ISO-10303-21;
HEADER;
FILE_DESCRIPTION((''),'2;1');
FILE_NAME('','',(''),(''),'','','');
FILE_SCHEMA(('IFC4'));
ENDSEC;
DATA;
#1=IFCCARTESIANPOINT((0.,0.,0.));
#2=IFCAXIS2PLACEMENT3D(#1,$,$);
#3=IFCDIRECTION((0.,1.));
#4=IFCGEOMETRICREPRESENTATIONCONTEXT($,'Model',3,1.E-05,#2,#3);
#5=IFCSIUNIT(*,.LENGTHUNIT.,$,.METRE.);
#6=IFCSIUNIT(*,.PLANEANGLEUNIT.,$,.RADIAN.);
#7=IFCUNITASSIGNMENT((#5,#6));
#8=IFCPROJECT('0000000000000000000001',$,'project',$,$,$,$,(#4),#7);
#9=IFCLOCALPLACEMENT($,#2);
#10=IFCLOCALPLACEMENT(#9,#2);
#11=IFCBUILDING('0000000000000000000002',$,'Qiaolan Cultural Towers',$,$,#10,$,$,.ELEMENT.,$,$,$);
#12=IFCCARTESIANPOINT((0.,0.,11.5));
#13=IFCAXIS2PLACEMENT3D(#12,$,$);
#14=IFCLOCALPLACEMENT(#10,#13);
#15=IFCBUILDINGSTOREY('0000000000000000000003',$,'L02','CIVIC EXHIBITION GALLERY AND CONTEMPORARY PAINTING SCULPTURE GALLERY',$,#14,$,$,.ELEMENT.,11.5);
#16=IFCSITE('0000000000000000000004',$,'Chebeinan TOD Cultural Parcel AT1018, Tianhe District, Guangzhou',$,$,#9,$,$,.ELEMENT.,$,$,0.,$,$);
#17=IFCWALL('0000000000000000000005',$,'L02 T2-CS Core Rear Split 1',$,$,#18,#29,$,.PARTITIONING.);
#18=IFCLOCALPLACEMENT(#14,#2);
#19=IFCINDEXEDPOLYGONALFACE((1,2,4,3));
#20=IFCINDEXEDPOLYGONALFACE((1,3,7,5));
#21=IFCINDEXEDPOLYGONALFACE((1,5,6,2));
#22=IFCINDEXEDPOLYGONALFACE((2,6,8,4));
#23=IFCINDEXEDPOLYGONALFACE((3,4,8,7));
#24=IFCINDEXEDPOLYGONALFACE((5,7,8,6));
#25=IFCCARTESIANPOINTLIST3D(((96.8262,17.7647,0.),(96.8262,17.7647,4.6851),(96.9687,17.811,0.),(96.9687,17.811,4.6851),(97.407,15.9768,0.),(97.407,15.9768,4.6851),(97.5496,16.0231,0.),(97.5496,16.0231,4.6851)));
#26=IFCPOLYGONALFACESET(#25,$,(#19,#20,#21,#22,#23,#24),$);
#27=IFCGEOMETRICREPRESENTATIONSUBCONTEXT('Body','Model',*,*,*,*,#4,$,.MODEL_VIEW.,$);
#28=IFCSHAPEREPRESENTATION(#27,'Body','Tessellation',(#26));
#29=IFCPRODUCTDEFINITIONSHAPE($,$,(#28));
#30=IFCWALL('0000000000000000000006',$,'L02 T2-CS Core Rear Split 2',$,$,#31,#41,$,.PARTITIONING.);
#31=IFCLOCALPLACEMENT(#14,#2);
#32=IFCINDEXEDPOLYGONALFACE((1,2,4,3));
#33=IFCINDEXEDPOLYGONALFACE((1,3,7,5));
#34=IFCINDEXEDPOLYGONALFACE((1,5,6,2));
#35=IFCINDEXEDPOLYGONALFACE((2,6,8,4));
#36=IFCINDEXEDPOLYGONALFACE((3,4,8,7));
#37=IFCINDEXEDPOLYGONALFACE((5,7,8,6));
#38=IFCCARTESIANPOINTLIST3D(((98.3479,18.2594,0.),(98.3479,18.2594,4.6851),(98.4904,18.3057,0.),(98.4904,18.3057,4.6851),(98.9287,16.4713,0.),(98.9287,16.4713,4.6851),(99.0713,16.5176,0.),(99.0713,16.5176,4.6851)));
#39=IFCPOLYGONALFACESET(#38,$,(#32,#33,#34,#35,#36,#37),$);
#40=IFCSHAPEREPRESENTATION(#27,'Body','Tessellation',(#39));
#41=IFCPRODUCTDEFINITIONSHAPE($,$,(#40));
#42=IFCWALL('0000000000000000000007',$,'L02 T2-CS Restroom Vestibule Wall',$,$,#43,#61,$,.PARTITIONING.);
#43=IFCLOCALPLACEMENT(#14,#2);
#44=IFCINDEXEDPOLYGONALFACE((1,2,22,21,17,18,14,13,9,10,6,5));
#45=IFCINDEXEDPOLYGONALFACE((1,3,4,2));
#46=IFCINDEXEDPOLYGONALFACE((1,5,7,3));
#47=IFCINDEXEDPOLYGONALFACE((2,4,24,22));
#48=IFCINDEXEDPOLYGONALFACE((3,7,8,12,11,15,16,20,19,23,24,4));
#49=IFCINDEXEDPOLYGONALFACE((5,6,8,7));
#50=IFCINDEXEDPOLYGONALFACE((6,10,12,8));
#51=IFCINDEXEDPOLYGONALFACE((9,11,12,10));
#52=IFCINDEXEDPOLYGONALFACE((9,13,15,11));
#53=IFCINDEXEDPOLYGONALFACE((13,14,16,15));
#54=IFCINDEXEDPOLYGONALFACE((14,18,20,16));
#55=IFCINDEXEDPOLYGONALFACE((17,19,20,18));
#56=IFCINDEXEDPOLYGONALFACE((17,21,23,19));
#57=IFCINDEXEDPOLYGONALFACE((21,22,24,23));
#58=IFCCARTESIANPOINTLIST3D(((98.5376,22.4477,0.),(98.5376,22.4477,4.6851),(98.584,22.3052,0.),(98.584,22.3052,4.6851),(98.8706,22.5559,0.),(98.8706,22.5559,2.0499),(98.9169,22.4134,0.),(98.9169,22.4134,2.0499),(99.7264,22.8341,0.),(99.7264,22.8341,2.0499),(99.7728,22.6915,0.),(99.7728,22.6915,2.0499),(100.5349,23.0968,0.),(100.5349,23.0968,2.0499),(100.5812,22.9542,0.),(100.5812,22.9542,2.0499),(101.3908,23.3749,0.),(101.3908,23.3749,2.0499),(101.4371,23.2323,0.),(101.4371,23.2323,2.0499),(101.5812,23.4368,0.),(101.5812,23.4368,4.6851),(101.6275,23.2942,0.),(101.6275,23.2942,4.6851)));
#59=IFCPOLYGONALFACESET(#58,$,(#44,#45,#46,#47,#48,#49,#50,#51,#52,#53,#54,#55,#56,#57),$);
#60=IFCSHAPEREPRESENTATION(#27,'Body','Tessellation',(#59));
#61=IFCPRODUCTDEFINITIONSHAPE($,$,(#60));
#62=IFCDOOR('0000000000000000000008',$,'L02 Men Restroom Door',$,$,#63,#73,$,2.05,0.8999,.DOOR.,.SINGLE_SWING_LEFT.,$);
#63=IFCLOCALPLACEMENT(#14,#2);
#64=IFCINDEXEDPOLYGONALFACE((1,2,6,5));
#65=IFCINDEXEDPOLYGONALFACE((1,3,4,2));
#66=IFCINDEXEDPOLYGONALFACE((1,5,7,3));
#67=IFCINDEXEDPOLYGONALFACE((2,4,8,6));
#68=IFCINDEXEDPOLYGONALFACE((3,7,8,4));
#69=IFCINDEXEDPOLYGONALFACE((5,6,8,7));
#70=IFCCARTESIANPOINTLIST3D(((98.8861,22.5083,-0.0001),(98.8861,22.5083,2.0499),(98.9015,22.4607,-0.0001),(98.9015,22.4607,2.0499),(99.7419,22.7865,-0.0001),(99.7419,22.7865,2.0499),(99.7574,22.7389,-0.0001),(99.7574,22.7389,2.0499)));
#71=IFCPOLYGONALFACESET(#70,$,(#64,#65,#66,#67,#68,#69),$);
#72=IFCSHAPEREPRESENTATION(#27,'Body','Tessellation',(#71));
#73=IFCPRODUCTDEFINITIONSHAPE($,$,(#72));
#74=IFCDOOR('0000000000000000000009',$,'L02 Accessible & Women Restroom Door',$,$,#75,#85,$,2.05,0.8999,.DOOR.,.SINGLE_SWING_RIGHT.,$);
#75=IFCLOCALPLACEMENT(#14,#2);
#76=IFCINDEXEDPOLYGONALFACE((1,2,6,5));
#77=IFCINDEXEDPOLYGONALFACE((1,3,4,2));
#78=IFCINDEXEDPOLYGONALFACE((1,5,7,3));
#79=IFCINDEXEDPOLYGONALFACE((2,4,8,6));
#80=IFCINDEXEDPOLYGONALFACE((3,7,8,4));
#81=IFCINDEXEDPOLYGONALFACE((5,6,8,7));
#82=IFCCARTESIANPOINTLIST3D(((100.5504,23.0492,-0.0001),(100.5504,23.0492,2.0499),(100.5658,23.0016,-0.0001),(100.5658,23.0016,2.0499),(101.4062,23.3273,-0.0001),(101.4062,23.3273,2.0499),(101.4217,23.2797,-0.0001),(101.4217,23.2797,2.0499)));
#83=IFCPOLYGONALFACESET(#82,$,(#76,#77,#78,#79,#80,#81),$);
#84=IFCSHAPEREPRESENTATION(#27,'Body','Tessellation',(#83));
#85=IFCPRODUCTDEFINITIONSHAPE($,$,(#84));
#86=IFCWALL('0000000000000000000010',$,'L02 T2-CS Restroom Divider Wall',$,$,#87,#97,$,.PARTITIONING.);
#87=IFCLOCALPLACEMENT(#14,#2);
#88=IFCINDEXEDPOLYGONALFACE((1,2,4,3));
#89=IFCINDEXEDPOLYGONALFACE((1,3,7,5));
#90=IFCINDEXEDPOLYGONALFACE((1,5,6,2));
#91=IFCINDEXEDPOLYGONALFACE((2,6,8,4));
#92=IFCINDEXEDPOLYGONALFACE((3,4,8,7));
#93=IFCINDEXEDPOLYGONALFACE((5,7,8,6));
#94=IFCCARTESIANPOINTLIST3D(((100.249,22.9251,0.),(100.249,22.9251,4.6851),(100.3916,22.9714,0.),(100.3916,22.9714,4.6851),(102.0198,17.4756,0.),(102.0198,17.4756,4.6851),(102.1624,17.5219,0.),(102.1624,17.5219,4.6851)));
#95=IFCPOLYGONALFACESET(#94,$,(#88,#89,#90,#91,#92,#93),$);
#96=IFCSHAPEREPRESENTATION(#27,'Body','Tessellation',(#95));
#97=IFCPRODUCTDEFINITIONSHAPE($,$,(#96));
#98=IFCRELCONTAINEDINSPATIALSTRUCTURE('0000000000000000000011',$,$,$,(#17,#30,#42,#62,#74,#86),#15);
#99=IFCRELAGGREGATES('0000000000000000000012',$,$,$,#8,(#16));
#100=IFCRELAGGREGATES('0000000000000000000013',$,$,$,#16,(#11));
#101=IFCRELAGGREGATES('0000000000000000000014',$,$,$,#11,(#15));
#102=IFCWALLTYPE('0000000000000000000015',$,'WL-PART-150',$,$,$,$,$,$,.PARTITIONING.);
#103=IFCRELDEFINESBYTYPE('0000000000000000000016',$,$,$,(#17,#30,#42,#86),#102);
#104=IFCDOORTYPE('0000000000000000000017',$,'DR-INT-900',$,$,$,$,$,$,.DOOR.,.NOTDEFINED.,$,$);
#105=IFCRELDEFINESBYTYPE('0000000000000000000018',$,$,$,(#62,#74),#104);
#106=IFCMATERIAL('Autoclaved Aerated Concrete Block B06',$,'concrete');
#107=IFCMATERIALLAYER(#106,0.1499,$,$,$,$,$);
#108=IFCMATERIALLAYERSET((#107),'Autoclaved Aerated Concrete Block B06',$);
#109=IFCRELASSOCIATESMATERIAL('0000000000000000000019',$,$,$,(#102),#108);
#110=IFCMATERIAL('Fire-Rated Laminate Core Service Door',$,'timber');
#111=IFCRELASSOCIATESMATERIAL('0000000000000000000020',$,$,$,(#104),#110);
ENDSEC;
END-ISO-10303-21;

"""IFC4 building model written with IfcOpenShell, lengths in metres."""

from ifc_helpers import new_model, si_unit, direction, frame, frame_2d, origin, place, context, subcontext, project, spatial, rectangle, extrude, material, layer, layer_set, type_object, element, fill, save


model = new_model("IFC4")

# Units and contexts
model_context = context("Model", 3, precision=1e-05, world=origin(), true_north=direction((0.0, 1.0)))
body_context = subcontext(model_context, "Body", "Model", "MODEL_VIEW")
ifc_project = project(units=[si_unit("LENGTHUNIT", "METRE"), si_unit("PLANEANGLEUNIT", "RADIAN")], contexts=[model_context])

# Site, building, storey
site_placement = place(None, origin())
site = spatial("IfcSite", under=ifc_project, at=site_placement, Name="Chebeinan TOD Cultural Parcel AT1018, Tianhe District, Guangzhou", CompositionType="ELEMENT", RefElevation=0.0)
building_placement = place(site_placement, origin())
building = spatial("IfcBuilding", under=site, at=building_placement, Name="Qiaolan Cultural Towers", CompositionType="ELEMENT")
storey_placement = place(building_placement, frame((0.0, 0.0, 11.5)))
storey = spatial("IfcBuildingStorey", under=building, at=storey_placement, Name="L02", Description="CIVIC EXHIBITION GALLERY AND CONTEMPORARY PAINTING SCULPTURE GALLERY", CompositionType="ELEMENT", Elevation=11.5)

# Walls
ifc_material_1 = material(Name="Autoclaved Aerated Concrete Block B06", Category="concrete")
ifc_layer_1 = layer(ifc_material_1, 0.1499)
ifc_layer_set_1 = layer_set([ifc_layer_1], Name="Autoclaved Aerated Concrete Block B06")
wall_type_1 = type_object("IfcWallType", Name="WL-PART-150", PredefinedType="PARTITIONING", material=ifc_layer_set_1)
wall_1_placement = place(storey_placement, frame((96.8975, 17.7878, 0.0), z_axis=(0.0, 0.0, 1.0), x_axis=(0.308972, -0.951071, 0.0)))
element("IfcWall", 1, at=wall_1_placement, inside=storey, type_object=wall_type_1, Name="L02 T2-CS Core Rear Split 1", PredefinedType="PARTITIONING", context=body_context, shape_type="SweptSolid", body=[
    extrude(rectangle(XDim=1.8799, YDim=0.1499, at=frame_2d((0.9399, 0.0))), origin(), (0.0, 0.0, 1.0), 4.6851),
])
wall_2_placement = place(storey_placement, frame((98.4192, 18.2825, 0.0), z_axis=(0.0, 0.0, 1.0), x_axis=(0.308933, -0.951084, 0.0)))
element("IfcWall", 2, at=wall_2_placement, inside=storey, type_object=wall_type_1, Name="L02 T2-CS Core Rear Split 2", PredefinedType="PARTITIONING", context=body_context, shape_type="SweptSolid", body=[
    extrude(rectangle(XDim=1.8801, YDim=0.1499, at=frame_2d((0.9399, 0.0))), origin(), (0.0, 0.0, 1.0), 4.6851),
])

# Wall, openings, doors
wall_3_placement = place(storey_placement, frame((98.5608, 22.3765, 0.0), z_axis=(0.0, 0.0, 1.0), x_axis=(0.951044, 0.309055, 0.0)))
wall_3 = element("IfcWall", 3, at=wall_3_placement, inside=storey, type_object=wall_type_1, Name="L02 T2-CS Restroom Vestibule Wall", PredefinedType="PARTITIONING", context=body_context, shape_type="SweptSolid", body=[
    extrude(rectangle(XDim=3.2002, YDim=0.1499, at=frame_2d((1.6001, 0.0))), origin(), (0.0, 0.0, 1.0), 4.6851),
])
opening_1_placement = place(wall_3_placement, frame((0.3501, 0.0, 0.0)))
opening_1 = element("IfcOpeningElement", 4, at=opening_1_placement, cuts=wall_3, PredefinedType="OPENING", context=body_context, shape_type="SweptSolid", body=[
    extrude(rectangle(XDim=0.8999, YDim=2.05, at=frame_2d((0.45, 1.0249))), frame((0.0, 0.085, 0.0), z_axis=(0.0, -1.0, 0.0), x_axis=(1.0, 0.0, 0.0)), (0.0, 0.0, 1.0), 0.1699),
])
opening_2_placement = place(wall_3_placement, frame((2.1001, 0.0, 0.0)))
opening_2 = element("IfcOpeningElement", 5, at=opening_2_placement, cuts=wall_3, PredefinedType="OPENING", context=body_context, shape_type="SweptSolid", body=[
    extrude(rectangle(XDim=0.8999, YDim=2.05, at=frame_2d((0.45, 1.0249))), frame((0.0, 0.085, 0.0), z_axis=(0.0, -1.0, 0.0), x_axis=(1.0, 0.0, 0.0)), (0.0, 0.0, 1.0), 0.1699),
])
ifc_material_2 = material(Name="Fire-Rated Laminate Core Service Door", Category="timber")
door_type = type_object("IfcDoorType", Name="DR-INT-900", OperationType="NOTDEFINED", PredefinedType="DOOR", material=ifc_material_2)
door_1_placement = place(opening_1_placement, origin())
door_1 = element("IfcDoor", 6, at=door_1_placement, inside=storey, type_object=door_type, Name="L02 Men Restroom Door", OperationType="SINGLE_SWING_LEFT", OverallHeight=2.05, OverallWidth=0.8999, PredefinedType="DOOR", context=body_context, shape_type="SweptSolid", body=[
    extrude(rectangle(XDim=0.8999, YDim=2.05, at=frame_2d((0.45, 1.0249))), frame((0.0, 0.0249, 0.0), z_axis=(0.0, -1.0, 0.0), x_axis=(1.0, 0.0, 0.0)), (0.0, 0.0, 1.0), 0.05),
])
fill(opening_1, door_1)
door_2_placement = place(opening_2_placement, origin())
door_2 = element("IfcDoor", 7, at=door_2_placement, inside=storey, type_object=door_type, Name="L02 Accessible & Women Restroom Door", OperationType="SINGLE_SWING_RIGHT", OverallHeight=2.05, OverallWidth=0.8999, PredefinedType="DOOR", context=body_context, shape_type="SweptSolid", body=[
    extrude(rectangle(XDim=0.8999, YDim=2.05, at=frame_2d((0.45, 1.0249))), frame((0.0, 0.0249, 0.0), z_axis=(0.0, -1.0, 0.0), x_axis=(1.0, 0.0, 0.0)), (0.0, 0.0, 1.0), 0.05),
])
fill(opening_2, door_2)

# Wall
wall_4_placement = place(storey_placement, frame((100.3203, 22.9482, 0.0), z_axis=(0.0, 0.0, 1.0), x_axis=(0.309035, -0.951051, 0.0)))
element("IfcWall", 8, at=wall_4_placement, inside=storey, type_object=wall_type_1, Name="L02 T2-CS Restroom Divider Wall", PredefinedType="PARTITIONING", context=body_context, shape_type="SweptSolid", body=[
    extrude(rectangle(XDim=5.73, YDim=0.1499, at=frame_2d((2.865, 0.0))), origin(), (0.0, 0.0, 1.0), 4.6851),
])

save(model, "model.ifc")
